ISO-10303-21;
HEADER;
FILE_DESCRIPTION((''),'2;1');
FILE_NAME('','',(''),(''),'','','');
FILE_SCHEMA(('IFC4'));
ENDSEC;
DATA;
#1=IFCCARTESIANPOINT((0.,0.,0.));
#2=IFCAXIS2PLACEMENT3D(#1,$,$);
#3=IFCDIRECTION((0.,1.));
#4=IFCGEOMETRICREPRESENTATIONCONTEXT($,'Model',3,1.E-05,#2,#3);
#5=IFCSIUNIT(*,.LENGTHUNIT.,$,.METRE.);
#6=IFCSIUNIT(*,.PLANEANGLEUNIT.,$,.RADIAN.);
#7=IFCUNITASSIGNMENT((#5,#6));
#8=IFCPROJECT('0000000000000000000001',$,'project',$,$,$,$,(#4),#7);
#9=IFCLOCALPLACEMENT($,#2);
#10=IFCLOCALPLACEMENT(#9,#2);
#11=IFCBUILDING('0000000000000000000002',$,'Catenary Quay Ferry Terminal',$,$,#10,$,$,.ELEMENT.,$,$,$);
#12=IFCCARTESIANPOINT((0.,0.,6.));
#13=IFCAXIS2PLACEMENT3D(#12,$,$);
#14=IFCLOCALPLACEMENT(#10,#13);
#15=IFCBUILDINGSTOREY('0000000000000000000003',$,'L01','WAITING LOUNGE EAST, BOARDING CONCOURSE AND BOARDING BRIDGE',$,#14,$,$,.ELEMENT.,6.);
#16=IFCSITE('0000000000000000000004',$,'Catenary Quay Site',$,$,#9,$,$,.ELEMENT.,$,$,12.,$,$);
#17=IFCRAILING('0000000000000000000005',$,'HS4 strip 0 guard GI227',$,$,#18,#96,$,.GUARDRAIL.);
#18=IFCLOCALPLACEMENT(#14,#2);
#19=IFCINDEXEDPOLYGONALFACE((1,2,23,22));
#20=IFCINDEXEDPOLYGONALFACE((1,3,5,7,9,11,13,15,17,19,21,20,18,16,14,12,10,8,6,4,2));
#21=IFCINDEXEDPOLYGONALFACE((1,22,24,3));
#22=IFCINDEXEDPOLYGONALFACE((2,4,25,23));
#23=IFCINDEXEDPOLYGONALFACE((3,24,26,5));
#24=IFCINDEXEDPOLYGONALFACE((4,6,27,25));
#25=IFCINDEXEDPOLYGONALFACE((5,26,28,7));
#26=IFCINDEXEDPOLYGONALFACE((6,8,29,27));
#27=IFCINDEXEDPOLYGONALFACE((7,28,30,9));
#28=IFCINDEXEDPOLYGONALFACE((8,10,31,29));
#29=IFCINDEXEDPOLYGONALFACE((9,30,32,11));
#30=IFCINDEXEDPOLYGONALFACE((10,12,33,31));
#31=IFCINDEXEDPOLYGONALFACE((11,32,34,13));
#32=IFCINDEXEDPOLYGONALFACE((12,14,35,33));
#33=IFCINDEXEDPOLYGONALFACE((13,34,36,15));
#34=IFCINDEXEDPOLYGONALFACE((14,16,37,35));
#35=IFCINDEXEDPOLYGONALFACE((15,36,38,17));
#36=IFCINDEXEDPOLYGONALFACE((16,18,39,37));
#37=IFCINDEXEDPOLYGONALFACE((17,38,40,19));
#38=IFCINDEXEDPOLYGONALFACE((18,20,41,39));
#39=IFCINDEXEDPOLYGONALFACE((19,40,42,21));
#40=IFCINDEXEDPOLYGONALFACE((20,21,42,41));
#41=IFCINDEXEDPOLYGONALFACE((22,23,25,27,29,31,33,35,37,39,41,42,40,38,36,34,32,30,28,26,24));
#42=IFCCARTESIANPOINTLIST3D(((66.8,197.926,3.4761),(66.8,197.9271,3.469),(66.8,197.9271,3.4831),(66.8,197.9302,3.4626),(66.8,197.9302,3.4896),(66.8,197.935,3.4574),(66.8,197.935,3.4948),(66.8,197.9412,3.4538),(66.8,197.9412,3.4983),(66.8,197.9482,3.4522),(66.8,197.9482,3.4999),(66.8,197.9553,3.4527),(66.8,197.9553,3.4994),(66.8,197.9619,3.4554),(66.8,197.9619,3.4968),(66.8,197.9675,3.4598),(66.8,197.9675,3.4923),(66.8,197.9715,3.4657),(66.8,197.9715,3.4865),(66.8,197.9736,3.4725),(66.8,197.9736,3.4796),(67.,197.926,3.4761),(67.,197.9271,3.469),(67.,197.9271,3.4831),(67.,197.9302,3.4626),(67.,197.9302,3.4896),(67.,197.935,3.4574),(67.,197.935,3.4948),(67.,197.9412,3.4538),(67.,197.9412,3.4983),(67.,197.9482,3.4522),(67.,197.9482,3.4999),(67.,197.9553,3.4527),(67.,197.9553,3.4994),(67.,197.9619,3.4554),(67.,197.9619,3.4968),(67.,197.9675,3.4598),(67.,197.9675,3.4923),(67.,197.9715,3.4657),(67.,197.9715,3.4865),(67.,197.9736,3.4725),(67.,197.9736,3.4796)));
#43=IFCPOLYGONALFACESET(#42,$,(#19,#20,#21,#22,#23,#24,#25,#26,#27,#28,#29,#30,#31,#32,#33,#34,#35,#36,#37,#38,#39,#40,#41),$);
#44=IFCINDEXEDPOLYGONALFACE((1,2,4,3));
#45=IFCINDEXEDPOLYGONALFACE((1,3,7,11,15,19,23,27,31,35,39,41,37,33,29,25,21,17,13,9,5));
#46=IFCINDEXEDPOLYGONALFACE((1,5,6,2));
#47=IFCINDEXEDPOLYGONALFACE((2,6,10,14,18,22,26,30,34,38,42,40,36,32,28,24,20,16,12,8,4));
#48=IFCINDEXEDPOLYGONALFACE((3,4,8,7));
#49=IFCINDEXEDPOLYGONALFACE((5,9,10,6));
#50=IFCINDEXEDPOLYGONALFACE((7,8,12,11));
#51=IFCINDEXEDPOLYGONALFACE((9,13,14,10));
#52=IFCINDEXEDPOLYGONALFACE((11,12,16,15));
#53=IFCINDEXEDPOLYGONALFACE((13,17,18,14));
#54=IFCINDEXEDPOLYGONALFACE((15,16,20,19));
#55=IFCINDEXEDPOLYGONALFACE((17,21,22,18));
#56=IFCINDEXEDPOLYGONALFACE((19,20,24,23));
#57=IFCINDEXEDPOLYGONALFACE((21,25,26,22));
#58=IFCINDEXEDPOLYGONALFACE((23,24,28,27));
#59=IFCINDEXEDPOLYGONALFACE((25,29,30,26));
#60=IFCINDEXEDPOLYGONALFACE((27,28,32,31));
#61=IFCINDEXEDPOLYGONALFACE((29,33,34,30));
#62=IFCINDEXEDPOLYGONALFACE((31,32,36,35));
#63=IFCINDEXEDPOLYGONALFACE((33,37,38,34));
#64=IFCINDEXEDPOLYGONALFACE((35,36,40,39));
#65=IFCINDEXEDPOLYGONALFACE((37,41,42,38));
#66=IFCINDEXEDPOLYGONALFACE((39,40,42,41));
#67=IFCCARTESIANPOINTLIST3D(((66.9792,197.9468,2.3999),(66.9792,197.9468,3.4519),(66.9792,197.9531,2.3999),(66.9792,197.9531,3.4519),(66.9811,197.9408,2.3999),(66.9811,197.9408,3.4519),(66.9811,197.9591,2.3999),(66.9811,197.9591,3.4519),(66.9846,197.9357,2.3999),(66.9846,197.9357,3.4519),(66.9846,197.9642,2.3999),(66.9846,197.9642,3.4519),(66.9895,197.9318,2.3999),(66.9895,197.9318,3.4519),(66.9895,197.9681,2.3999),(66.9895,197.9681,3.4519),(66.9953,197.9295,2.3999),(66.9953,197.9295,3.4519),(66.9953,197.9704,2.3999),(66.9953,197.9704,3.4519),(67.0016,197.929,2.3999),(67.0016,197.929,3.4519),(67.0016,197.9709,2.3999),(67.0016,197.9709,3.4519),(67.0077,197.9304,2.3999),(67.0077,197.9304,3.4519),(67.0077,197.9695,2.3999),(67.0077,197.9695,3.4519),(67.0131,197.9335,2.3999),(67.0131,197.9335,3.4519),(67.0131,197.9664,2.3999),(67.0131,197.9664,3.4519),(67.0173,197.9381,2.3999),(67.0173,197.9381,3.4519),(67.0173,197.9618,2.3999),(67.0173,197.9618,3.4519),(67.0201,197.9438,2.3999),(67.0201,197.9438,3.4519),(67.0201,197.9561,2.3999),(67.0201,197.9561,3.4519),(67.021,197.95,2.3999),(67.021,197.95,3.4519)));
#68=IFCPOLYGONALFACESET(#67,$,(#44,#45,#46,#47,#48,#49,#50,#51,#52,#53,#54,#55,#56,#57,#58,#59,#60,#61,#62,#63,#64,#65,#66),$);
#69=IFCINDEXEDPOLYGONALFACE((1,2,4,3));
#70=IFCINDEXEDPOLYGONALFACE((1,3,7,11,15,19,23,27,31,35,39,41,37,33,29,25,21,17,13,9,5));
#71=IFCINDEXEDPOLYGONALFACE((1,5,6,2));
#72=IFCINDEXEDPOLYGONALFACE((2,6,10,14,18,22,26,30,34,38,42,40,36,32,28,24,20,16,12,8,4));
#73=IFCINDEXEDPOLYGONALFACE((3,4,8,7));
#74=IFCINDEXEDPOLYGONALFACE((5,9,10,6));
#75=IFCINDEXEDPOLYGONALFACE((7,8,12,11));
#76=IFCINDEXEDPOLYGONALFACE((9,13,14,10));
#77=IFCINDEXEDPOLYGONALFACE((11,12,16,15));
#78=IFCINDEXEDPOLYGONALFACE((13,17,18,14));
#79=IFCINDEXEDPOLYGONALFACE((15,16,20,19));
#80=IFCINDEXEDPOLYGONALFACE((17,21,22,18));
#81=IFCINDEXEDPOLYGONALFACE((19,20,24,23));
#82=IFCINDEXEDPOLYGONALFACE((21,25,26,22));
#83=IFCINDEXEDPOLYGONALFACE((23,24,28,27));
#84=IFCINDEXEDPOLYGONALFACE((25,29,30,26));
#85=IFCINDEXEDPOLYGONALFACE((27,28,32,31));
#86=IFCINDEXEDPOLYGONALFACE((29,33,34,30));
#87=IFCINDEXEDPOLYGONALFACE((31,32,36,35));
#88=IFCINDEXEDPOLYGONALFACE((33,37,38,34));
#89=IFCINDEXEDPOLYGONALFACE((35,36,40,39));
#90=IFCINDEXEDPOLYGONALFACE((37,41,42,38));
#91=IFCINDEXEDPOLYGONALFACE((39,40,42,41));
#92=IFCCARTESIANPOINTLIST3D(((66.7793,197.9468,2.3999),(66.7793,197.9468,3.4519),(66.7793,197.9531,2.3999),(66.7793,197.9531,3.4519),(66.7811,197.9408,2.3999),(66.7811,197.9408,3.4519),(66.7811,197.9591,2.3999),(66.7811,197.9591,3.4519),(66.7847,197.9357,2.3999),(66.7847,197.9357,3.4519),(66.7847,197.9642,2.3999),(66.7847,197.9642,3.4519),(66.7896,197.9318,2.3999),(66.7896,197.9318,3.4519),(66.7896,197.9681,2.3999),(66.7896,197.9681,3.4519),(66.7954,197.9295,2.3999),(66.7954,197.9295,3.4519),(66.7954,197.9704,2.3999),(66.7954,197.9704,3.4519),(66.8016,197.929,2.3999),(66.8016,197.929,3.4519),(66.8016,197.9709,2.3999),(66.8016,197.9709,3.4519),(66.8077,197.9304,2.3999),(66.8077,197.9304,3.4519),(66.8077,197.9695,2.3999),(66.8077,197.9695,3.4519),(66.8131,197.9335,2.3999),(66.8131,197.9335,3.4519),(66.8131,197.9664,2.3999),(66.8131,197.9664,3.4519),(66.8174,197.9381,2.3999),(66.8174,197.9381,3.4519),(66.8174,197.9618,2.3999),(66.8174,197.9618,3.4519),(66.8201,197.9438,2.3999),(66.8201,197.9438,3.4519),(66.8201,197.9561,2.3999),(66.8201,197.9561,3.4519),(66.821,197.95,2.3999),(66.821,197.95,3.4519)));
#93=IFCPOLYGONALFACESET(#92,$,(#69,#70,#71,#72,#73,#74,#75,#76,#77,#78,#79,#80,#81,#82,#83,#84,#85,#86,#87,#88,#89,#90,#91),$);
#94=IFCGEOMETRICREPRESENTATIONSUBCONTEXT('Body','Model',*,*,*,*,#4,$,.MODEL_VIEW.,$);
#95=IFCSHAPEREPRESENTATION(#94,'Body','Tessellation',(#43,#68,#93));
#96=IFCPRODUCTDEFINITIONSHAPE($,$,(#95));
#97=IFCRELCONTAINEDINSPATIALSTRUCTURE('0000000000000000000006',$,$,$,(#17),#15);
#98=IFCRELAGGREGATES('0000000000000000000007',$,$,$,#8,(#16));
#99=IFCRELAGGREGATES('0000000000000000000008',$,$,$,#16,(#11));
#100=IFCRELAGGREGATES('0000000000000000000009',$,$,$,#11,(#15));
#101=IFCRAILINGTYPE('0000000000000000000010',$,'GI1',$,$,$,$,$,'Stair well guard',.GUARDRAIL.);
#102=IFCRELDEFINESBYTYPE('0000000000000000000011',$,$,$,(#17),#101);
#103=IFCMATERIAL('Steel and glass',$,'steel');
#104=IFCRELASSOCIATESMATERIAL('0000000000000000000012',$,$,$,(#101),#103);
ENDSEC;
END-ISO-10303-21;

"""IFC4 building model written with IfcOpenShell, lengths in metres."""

from ifc_helpers import new_model, si_unit, direction, frame, origin, origin_2d, place, context, subcontext, project, spatial, circle, extrude, material, type_object, element, save


model = new_model("IFC4")

# Units and contexts
model_context = context("Model", 3, precision=1e-05, world=origin(), true_north=direction((0.0, 1.0)))
body_context = subcontext(model_context, "Body", "Model", "MODEL_VIEW")
ifc_project = project(units=[si_unit("LENGTHUNIT", "METRE"), si_unit("PLANEANGLEUNIT", "RADIAN")], contexts=[model_context])

# Site, building, storey
site_placement = place(None, origin())
site = spatial("IfcSite", under=ifc_project, at=site_placement, Name="Catenary Quay Site", CompositionType="ELEMENT", RefElevation=12.0)
building_placement = place(site_placement, origin())
building = spatial("IfcBuilding", under=site, at=building_placement, Name="Catenary Quay Ferry Terminal", CompositionType="ELEMENT")
storey_placement = place(building_placement, frame((0.0, 0.0, 6.0)))
storey = spatial("IfcBuildingStorey", under=building, at=storey_placement, Name="L01", Description="WAITING LOUNGE EAST, BOARDING CONCOURSE AND BOARDING BRIDGE", CompositionType="ELEMENT", Elevation=6.0)

# Railing
ifc_material_1 = material(Name="Steel and glass", Category="steel")
railing_type_1 = type_object("IfcRailingType", Name="GI1", ElementType="Stair well guard", PredefinedType="GUARDRAIL", material=ifc_material_1)
railing_1_placement = place(storey_placement, frame((67.0, 197.95, 2.3999)))
element("IfcRailing", 1, at=railing_1_placement, inside=storey, type_object=railing_type_1, Name="HS4 strip 0 guard GI227", PredefinedType="GUARDRAIL", context=body_context, shape_type="SweptSolid", body=[
    extrude(circle(Radius=0.0239, at=origin_2d()), frame((0.0, 0.0, 1.0762), z_axis=(-1.0, 0.0, 0.0), x_axis=(0.0, -1.0, 0.0)), (0.0, 0.0, 1.0), 0.2),
    extrude(circle(Radius=0.021, at=origin_2d()), origin(), (0.0, 0.0, 1.0), 1.052),
    extrude(circle(Radius=0.021, at=origin_2d()), frame((-0.2, 0.0, 0.0)), (0.0, 0.0, 1.0), 1.052),
])

save(model, "model.ifc")
